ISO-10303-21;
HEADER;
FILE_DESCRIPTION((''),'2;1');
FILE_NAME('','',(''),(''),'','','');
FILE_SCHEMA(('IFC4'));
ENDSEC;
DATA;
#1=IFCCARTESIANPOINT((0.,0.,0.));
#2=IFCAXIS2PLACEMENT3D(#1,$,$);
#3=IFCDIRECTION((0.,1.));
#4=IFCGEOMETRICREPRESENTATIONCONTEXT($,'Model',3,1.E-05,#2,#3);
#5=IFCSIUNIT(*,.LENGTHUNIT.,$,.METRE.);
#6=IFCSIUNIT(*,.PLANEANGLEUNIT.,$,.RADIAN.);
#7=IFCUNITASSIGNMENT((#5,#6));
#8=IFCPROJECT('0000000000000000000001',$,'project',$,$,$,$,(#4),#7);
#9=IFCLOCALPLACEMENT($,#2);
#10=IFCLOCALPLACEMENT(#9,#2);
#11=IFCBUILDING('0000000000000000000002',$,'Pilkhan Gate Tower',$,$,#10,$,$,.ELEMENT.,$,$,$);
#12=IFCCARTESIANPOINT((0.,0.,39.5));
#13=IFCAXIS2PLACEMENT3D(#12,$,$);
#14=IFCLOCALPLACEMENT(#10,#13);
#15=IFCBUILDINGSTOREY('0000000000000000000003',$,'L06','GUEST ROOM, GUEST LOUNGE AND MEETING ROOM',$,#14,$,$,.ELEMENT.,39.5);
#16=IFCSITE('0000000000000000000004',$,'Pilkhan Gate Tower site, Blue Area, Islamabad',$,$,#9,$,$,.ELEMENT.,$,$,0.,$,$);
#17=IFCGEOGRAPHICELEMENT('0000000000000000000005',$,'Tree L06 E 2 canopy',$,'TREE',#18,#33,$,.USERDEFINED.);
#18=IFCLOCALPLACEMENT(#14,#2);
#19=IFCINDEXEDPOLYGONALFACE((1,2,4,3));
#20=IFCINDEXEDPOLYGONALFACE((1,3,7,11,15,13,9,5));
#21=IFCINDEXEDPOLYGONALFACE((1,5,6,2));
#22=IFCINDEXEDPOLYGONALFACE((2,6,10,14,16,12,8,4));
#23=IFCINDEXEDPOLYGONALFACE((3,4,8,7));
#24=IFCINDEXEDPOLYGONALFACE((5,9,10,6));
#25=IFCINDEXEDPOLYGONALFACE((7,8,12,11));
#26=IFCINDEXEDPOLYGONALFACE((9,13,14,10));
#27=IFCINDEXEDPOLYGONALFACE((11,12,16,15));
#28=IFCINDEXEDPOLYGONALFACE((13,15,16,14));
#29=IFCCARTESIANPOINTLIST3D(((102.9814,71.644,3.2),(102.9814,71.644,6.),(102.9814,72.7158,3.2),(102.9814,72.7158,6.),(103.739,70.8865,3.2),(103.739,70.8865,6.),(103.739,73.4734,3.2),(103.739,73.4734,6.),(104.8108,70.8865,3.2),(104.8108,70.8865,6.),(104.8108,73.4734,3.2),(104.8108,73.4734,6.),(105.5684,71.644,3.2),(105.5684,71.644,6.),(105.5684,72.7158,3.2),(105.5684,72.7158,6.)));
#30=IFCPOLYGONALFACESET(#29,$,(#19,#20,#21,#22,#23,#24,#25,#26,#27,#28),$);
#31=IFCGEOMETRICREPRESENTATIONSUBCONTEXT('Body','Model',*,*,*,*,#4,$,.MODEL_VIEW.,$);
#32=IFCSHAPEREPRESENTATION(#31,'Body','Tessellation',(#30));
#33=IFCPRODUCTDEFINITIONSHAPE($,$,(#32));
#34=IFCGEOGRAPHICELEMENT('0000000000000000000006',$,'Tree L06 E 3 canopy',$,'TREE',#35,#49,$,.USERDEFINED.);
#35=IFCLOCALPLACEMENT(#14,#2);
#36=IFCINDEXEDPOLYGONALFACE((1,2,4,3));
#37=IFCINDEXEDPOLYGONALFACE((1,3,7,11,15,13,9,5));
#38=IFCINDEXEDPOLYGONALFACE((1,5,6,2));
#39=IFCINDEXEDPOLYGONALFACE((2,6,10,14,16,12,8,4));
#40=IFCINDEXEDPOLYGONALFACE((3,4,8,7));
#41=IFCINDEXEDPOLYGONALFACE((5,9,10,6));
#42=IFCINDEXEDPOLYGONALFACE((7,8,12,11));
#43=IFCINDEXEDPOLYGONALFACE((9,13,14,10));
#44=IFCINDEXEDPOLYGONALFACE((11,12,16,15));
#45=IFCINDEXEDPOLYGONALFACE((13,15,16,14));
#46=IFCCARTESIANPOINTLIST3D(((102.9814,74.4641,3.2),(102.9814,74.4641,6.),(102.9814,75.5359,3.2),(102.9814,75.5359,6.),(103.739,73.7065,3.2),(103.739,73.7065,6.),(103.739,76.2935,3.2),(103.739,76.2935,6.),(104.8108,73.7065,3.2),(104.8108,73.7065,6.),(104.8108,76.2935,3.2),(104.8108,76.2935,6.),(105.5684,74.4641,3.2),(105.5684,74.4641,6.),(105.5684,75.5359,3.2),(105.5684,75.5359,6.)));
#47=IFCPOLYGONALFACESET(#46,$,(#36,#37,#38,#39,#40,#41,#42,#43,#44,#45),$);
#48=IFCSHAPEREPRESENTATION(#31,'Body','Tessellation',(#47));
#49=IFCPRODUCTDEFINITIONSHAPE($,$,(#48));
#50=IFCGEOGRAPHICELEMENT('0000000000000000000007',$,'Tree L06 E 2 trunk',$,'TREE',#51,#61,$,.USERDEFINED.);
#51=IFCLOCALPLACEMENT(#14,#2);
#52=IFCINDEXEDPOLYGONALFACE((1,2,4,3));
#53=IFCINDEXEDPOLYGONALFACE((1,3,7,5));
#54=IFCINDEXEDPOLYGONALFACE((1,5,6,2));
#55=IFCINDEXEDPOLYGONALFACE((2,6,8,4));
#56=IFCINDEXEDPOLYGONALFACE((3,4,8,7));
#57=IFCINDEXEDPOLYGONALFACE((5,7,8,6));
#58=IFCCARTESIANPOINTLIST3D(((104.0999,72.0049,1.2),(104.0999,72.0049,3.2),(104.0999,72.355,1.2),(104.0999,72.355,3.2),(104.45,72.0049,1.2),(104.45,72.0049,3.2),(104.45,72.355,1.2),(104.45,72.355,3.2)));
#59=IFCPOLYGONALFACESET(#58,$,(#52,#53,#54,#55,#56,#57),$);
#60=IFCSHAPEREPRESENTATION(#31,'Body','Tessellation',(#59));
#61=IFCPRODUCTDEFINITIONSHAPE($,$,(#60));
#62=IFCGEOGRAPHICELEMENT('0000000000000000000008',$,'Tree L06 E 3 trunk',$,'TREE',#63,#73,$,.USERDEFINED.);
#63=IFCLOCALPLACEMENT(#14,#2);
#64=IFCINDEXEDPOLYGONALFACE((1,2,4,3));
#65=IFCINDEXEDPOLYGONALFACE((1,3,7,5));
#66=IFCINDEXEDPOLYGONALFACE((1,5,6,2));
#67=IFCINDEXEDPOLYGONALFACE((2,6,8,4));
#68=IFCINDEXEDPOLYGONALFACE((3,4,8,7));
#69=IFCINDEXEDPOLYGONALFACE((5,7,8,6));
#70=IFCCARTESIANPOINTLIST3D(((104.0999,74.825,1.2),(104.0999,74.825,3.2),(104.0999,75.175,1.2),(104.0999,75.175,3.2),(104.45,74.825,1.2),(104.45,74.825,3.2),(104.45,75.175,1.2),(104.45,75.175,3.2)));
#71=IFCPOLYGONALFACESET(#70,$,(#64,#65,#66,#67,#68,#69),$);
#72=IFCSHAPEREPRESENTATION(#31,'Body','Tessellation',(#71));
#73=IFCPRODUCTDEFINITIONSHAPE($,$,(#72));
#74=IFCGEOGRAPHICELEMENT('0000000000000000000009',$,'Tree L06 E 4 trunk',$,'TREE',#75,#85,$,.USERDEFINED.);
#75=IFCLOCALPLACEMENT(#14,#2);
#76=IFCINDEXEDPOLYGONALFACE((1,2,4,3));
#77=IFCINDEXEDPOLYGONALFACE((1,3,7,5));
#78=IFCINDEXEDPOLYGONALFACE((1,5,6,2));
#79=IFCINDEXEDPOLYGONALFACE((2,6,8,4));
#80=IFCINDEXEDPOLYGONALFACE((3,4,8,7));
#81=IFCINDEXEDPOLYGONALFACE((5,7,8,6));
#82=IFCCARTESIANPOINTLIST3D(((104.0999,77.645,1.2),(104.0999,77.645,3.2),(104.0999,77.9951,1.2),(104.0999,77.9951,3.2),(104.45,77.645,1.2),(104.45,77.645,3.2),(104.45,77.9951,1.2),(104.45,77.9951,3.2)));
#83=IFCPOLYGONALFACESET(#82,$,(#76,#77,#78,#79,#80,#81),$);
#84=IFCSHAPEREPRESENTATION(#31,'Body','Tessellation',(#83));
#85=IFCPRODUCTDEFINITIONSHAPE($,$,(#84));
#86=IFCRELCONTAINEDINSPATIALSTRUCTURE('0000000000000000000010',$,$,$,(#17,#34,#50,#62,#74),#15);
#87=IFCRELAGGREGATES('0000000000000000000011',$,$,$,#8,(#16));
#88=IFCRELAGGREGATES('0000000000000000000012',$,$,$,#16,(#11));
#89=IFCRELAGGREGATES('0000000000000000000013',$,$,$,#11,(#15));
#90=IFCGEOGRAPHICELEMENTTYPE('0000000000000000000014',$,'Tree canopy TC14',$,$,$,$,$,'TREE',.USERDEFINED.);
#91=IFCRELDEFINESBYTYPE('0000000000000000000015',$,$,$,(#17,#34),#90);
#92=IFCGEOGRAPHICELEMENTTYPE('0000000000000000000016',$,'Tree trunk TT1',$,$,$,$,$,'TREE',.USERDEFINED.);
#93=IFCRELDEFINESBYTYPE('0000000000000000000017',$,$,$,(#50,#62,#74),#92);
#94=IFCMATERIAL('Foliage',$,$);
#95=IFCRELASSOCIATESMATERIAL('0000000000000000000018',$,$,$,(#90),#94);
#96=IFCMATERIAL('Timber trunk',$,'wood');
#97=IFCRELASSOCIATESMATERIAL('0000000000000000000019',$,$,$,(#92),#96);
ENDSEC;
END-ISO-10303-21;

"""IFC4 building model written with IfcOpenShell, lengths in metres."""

from ifc_helpers import new_model, si_unit, direction, frame, origin, origin_2d, place, context, subcontext, project, spatial, polyline, rectangle, outline, extrude, material, material_profile, profile_set, type_object, element, save


model = new_model("IFC4")

# Units and contexts
model_context = context("Model", 3, precision=1e-05, world=origin(), true_north=direction((0.0, 1.0)))
body_context = subcontext(model_context, "Body", "Model", "MODEL_VIEW")
ifc_project = project(units=[si_unit("LENGTHUNIT", "METRE"), si_unit("PLANEANGLEUNIT", "RADIAN")], contexts=[model_context])

# Site, building, storey
site_placement = place(None, origin())
site = spatial("IfcSite", under=ifc_project, at=site_placement, Name="Pilkhan Gate Tower site, Blue Area, Islamabad", CompositionType="ELEMENT", RefElevation=0.0)
building_placement = place(site_placement, origin())
building = spatial("IfcBuilding", under=site, at=building_placement, Name="Pilkhan Gate Tower", CompositionType="ELEMENT")
storey_placement = place(building_placement, frame((0.0, 0.0, 39.5)))
storey = spatial("IfcBuildingStorey", under=building, at=storey_placement, Name="L06", Description="GUEST ROOM, GUEST LOUNGE AND MEETING ROOM", CompositionType="ELEMENT", Elevation=39.5)

# Geographic elements
ifc_material_1 = material(Name="Foliage")
ifc_material_profile_1 = material_profile(ifc_material_1, outline(polyline([(1.2935, 0.5359), (0.5359, 1.2935), (-0.5359, 1.2935), (-1.2935, 0.5359), (-1.2935, -0.5359), (-0.5359, -1.2935), (0.5359, -1.2935), (1.2935, -0.5359), (1.2935, 0.5359)])), Name="Canopy D2.8")
ifc_profile_set_1 = profile_set([ifc_material_profile_1], Name="Foliage")
geographic_element_type_1 = type_object("IfcGeographicElementType", Name="Tree canopy TC14", ElementType="TREE", PredefinedType="USERDEFINED", material=ifc_profile_set_1)
for number, where, z_axis, x_axis, name in (
    (1, (104.2749, 72.1799, 3.2), (0.0, 0.0, 1.0), (1.0, 0.0, 0.0), "Tree L06 E 2 canopy"),
    (2, (104.2749, 75.0, 3.2), (0.0, 0.0, 1.0), (1.0, 0.0, 0.0), "Tree L06 E 3 canopy"),
):
    element("IfcGeographicElement", number, at=place(storey_placement, frame(where, z_axis=z_axis, x_axis=x_axis)), inside=storey, type_object=geographic_element_type_1, Name=name, ObjectType="TREE", PredefinedType="USERDEFINED", context=body_context, shape_type="SweptSolid", body=[
        extrude(outline(polyline([(1.2935, 0.5359), (0.5359, 1.2935), (-0.5359, 1.2935), (-1.2935, 0.5359), (-1.2935, -0.5359), (-0.5359, -1.2935), (0.5359, -1.2935), (1.2935, -0.5359), (1.2935, 0.5359)])), origin(), (0.0, 0.0, 1.0), 2.8),
    ])
ifc_material_2 = material(Name="Timber trunk", Category="wood")
geographic_element_type_2 = type_object("IfcGeographicElementType", Name="Tree trunk TT1", ElementType="TREE", PredefinedType="USERDEFINED", material=ifc_material_2)
for number, where, z_axis, x_axis, name in (
    (3, (104.2749, 72.1799, 1.2), (0.0, 0.0, 1.0), (1.0, 0.0, 0.0), "Tree L06 E 2 trunk"),
    (4, (104.2749, 75.0, 1.2), (0.0, 0.0, 1.0), (1.0, 0.0, 0.0), "Tree L06 E 3 trunk"),
    (5, (104.2749, 77.8201, 1.2), (0.0, 0.0, 1.0), (1.0, 0.0, 0.0), "Tree L06 E 4 trunk"),
):
    element("IfcGeographicElement", number, at=place(storey_placement, frame(where, z_axis=z_axis, x_axis=x_axis)), inside=storey, type_object=geographic_element_type_2, Name=name, ObjectType="TREE", PredefinedType="USERDEFINED", context=body_context, shape_type="SweptSolid", body=[
        extrude(rectangle(XDim=0.3501, YDim=0.3501, at=origin_2d()), origin(), (0.0, 0.0, 1.0), 2.0),
    ])

save(model, "model.ifc")
